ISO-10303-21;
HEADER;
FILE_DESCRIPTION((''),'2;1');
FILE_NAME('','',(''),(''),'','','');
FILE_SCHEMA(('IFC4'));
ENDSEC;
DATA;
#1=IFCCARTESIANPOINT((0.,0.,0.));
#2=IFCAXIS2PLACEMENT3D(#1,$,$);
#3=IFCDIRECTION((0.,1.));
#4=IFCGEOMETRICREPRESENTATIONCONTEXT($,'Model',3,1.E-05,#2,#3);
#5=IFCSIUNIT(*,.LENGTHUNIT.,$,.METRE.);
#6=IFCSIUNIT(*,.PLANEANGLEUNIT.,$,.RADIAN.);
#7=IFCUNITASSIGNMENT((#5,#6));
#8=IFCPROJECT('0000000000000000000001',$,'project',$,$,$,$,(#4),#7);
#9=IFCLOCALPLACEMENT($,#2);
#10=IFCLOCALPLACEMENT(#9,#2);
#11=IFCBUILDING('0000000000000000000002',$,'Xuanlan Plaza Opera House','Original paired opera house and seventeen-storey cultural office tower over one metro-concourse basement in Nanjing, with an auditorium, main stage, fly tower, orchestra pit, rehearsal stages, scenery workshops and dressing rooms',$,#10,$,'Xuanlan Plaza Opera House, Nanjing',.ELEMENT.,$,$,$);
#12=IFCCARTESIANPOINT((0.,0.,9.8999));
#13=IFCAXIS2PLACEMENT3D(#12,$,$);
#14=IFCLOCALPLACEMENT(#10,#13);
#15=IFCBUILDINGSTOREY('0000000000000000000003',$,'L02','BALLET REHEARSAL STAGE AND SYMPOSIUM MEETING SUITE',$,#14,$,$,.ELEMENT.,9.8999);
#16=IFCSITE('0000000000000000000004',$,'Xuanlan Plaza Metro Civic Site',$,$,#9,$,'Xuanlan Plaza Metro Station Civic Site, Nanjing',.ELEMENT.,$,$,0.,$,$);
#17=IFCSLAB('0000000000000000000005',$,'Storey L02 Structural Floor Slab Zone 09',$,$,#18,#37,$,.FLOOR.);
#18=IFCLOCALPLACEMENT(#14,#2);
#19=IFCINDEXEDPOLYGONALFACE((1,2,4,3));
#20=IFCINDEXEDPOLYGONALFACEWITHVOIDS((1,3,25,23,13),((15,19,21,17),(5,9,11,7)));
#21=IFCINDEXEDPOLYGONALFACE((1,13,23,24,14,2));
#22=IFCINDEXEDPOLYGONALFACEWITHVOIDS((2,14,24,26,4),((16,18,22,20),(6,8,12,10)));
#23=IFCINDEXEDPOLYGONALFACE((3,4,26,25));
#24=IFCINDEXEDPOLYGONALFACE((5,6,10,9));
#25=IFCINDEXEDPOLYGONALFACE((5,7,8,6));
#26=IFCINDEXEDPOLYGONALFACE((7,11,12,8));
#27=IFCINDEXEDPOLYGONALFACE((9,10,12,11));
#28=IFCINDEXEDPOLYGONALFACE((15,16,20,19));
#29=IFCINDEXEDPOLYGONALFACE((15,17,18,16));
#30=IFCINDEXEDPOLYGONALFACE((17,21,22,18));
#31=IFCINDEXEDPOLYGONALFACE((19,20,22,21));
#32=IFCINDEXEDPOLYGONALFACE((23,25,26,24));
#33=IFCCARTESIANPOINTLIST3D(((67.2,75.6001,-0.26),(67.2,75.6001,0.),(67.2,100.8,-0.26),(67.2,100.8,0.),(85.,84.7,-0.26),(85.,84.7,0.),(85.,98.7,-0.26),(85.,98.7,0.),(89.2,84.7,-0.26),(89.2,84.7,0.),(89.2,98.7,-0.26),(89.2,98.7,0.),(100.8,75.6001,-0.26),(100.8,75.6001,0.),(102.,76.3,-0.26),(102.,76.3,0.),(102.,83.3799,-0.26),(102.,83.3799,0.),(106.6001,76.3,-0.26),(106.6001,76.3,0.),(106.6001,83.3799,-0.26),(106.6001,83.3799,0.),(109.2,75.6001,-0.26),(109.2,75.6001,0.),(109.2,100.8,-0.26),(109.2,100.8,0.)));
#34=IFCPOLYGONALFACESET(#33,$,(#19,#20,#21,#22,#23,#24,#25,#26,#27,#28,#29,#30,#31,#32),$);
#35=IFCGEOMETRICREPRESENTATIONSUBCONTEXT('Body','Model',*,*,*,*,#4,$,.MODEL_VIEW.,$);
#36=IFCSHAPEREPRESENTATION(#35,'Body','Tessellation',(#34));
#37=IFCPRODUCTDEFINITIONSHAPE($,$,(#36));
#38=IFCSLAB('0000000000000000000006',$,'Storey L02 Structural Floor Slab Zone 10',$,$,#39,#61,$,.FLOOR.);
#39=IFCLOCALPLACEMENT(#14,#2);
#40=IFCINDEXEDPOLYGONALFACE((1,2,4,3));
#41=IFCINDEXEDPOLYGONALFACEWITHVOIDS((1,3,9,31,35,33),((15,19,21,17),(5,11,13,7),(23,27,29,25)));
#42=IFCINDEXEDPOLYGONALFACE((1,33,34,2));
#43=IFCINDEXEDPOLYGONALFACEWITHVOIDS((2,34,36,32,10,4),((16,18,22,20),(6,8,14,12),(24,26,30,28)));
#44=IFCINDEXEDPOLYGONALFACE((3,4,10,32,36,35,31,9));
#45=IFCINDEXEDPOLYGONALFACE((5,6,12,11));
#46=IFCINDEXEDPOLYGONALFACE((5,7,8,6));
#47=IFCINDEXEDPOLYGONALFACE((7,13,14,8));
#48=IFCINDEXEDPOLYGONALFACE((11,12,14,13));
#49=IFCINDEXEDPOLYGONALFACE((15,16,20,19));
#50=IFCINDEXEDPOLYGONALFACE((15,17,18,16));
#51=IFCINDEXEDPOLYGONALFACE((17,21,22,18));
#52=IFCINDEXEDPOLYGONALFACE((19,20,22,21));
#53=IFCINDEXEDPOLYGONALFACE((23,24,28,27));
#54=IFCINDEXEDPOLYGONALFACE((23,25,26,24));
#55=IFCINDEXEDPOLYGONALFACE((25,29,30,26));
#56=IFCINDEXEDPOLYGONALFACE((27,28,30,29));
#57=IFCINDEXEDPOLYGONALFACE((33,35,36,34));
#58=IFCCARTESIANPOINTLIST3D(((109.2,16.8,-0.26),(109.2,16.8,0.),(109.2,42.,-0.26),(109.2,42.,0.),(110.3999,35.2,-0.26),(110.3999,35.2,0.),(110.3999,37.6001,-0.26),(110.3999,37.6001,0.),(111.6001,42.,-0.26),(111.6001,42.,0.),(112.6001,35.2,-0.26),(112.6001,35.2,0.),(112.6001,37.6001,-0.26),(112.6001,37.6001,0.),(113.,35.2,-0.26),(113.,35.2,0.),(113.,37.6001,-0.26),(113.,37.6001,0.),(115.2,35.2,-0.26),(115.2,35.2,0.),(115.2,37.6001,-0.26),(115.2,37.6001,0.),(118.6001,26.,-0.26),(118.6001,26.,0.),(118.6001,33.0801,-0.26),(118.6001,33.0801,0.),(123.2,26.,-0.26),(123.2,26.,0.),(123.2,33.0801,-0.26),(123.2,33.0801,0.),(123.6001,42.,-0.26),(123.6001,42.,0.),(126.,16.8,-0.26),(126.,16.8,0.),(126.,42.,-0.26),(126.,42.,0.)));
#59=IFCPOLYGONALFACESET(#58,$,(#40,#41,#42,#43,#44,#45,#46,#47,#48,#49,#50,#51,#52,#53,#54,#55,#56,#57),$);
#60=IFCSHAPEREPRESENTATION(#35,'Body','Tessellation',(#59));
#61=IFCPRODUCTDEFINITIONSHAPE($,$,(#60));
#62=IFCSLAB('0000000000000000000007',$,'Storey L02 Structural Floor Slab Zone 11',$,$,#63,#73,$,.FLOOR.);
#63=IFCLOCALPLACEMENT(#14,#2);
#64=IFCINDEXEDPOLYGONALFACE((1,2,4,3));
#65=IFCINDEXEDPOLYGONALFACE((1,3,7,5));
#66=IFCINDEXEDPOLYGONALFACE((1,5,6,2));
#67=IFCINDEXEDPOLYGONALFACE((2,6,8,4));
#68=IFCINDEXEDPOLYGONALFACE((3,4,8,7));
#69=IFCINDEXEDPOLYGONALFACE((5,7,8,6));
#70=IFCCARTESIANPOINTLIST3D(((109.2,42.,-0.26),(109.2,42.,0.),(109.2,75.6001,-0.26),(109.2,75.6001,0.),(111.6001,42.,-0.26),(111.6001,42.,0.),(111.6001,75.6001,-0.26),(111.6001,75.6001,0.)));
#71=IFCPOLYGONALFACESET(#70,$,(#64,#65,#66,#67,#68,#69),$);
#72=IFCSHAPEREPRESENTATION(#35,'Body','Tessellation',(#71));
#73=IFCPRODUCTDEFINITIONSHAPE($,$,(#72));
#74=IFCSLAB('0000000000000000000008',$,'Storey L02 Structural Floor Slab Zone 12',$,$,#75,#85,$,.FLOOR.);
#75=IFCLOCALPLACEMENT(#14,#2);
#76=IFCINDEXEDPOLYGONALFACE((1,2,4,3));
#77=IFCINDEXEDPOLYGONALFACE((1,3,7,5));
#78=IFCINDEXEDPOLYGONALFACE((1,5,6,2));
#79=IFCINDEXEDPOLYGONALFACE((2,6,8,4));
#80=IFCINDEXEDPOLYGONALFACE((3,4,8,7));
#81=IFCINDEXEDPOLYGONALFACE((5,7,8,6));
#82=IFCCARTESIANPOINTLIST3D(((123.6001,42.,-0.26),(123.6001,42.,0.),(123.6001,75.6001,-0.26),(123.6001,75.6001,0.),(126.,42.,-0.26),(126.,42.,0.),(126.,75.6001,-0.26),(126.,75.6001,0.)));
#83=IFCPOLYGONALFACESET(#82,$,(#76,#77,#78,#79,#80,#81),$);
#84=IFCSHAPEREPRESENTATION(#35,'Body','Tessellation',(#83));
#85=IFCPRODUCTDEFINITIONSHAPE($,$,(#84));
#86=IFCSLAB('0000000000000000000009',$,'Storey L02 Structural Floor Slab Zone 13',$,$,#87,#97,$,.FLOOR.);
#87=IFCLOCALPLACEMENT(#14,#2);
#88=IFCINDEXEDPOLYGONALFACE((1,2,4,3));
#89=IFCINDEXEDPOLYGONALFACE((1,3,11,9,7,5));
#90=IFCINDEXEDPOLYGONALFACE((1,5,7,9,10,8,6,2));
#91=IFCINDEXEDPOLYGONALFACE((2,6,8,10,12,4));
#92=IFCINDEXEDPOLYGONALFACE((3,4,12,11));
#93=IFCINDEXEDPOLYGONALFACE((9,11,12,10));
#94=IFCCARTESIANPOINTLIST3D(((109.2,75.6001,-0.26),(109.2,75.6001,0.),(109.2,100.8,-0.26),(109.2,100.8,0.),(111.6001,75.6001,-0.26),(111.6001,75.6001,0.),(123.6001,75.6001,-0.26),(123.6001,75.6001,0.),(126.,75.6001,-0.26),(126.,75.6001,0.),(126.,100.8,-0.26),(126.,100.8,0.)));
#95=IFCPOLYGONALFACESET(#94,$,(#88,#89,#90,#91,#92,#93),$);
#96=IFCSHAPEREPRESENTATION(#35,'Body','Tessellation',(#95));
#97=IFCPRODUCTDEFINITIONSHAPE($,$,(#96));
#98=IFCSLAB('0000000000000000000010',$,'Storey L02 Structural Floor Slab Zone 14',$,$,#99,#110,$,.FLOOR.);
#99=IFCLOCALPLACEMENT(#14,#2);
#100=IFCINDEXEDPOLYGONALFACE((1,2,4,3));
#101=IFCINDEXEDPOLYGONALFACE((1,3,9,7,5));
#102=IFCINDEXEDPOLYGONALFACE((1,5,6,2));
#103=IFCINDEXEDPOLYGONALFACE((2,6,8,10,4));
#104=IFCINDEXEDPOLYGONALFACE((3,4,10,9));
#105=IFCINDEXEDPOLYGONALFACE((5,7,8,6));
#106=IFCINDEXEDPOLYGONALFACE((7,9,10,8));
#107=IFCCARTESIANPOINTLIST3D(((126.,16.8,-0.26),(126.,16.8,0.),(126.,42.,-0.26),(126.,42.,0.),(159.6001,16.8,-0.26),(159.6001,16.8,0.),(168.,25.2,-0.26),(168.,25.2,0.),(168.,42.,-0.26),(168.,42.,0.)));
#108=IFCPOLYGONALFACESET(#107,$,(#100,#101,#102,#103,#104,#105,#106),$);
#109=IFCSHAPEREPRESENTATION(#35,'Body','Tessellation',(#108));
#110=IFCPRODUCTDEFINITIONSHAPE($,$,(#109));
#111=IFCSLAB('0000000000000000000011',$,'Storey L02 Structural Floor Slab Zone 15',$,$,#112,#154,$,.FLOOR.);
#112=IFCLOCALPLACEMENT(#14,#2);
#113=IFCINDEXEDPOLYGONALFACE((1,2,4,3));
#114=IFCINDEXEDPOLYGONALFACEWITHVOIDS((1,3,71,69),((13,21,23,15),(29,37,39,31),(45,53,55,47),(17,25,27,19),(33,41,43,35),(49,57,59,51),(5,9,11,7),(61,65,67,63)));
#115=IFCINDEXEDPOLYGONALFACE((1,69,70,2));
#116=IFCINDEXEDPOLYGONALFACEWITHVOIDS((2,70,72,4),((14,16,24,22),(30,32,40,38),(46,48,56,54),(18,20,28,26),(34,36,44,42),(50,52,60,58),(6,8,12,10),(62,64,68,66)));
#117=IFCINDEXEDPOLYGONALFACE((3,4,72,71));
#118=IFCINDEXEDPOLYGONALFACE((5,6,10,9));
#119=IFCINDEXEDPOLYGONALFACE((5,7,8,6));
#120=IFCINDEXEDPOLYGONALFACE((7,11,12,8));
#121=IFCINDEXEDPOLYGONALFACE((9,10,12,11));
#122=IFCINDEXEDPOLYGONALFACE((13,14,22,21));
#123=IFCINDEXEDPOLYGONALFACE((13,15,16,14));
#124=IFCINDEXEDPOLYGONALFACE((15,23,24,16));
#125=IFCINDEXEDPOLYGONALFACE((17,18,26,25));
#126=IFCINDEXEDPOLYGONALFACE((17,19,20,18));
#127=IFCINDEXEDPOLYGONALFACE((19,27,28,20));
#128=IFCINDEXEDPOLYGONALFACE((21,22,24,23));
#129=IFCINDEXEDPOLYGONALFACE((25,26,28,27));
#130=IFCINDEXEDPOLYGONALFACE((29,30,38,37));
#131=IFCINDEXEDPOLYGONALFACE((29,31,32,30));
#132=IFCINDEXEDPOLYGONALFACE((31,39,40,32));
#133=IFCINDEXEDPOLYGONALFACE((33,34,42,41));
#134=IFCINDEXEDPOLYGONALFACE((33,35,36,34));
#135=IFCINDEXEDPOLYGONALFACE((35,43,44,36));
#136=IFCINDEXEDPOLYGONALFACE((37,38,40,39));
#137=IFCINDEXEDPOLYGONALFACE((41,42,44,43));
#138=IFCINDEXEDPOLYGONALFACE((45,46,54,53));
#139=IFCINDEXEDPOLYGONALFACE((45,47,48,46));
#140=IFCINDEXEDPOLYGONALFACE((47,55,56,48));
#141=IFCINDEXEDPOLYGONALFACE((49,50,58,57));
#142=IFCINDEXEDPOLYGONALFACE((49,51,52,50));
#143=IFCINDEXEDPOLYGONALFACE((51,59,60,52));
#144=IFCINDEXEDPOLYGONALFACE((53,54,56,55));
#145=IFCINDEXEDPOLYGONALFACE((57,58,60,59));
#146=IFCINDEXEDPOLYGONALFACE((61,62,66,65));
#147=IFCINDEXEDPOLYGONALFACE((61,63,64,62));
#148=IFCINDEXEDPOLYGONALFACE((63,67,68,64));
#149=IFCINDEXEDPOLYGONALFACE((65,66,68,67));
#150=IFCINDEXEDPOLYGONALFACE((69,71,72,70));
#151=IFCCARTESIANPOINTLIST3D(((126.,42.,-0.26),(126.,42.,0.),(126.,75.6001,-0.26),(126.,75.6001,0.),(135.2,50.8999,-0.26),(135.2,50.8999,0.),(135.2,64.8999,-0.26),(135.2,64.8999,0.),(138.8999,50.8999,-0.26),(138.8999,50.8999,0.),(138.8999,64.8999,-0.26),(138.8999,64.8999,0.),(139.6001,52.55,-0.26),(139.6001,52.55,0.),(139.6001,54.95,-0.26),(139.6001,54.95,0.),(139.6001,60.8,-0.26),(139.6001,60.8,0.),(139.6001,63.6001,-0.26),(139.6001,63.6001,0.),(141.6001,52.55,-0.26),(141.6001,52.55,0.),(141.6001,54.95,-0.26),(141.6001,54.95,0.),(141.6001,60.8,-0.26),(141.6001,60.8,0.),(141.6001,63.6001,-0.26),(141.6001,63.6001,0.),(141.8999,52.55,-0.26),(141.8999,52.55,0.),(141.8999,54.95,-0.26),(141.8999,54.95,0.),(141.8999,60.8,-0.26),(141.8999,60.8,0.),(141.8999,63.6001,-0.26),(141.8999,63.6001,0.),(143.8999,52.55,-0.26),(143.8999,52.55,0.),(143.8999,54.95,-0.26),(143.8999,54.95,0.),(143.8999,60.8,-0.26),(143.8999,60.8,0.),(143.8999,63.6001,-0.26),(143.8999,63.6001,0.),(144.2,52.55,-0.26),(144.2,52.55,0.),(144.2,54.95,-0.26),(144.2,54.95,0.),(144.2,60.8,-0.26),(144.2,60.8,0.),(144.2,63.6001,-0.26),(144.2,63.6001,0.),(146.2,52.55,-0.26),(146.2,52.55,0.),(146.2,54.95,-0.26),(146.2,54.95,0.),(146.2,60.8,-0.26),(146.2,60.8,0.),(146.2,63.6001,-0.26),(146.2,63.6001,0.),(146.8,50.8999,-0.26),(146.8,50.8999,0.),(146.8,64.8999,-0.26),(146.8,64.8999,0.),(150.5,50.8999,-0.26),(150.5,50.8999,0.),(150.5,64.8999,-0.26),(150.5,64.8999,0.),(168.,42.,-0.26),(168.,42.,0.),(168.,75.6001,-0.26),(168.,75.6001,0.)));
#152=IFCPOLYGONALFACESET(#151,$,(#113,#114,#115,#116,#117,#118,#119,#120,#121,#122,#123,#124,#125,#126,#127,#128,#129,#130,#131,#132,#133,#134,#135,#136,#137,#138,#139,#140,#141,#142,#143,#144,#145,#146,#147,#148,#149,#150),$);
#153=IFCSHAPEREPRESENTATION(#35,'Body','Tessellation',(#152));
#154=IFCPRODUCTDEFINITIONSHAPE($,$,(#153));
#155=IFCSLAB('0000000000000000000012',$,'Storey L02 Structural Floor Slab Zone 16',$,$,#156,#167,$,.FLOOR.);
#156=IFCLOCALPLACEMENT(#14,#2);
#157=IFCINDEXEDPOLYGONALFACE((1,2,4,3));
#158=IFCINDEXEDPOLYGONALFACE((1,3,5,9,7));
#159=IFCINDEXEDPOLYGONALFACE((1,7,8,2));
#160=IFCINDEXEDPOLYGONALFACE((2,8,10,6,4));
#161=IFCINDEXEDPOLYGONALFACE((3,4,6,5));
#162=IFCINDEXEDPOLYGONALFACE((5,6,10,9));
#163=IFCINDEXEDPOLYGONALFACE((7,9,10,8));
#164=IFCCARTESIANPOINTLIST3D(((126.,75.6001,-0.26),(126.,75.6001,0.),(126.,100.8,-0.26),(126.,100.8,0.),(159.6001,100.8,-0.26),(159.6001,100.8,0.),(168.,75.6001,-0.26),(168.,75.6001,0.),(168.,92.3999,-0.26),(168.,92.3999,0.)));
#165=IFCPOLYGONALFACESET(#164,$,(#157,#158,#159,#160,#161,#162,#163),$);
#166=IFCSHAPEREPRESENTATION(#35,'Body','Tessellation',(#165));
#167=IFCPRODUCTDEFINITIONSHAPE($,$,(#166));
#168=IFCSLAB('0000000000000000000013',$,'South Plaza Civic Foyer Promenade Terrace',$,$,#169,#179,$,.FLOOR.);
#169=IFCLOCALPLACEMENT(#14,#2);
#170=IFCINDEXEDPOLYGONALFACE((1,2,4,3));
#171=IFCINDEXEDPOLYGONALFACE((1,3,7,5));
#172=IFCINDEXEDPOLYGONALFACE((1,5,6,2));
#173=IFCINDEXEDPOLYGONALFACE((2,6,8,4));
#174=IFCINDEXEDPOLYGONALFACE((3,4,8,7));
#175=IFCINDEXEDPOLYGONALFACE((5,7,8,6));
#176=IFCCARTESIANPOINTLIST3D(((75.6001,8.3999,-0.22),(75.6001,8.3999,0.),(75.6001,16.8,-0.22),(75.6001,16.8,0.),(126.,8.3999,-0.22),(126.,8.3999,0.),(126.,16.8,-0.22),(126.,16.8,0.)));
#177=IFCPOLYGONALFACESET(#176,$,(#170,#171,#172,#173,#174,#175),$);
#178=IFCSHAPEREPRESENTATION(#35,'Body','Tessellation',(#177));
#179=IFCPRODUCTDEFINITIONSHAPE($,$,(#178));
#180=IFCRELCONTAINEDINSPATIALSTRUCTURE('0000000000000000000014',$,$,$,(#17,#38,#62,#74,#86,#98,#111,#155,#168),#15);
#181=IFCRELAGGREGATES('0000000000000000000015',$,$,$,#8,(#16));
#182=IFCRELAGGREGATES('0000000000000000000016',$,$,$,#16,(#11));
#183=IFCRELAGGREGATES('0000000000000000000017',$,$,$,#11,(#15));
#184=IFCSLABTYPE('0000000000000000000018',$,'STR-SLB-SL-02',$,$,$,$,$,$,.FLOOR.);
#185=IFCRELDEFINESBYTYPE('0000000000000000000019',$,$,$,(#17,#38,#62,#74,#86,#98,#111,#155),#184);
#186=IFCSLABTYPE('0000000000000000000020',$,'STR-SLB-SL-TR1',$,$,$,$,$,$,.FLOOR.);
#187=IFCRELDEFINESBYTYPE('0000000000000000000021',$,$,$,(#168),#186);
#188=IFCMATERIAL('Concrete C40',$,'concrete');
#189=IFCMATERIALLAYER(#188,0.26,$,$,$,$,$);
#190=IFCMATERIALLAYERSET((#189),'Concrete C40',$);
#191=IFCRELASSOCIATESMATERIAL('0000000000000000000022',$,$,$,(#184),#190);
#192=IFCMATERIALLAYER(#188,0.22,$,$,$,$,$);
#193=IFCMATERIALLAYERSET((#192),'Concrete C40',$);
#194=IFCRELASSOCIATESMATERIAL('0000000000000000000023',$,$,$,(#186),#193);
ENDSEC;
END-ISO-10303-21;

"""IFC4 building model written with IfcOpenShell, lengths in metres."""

from ifc_helpers import new_model, si_unit, direction, frame, origin, place, context, subcontext, project, spatial, polyline, outline, extrude, material, layer, layer_set, type_object, element, save


model = new_model("IFC4")

# Units and contexts
model_context = context("Model", 3, precision=1e-05, world=origin(), true_north=direction((0.0, 1.0)))
body_context = subcontext(model_context, "Body", "Model", "MODEL_VIEW")
ifc_project = project(units=[si_unit("LENGTHUNIT", "METRE"), si_unit("PLANEANGLEUNIT", "RADIAN")], contexts=[model_context])

# Site, building, storey
site_placement = place(None, origin())
site = spatial("IfcSite", under=ifc_project, at=site_placement, Name="Xuanlan Plaza Metro Civic Site", LongName="Xuanlan Plaza Metro Station Civic Site, Nanjing", CompositionType="ELEMENT", RefElevation=0.0)
building_placement = place(site_placement, origin())
building = spatial("IfcBuilding", under=site, at=building_placement, Name="Xuanlan Plaza Opera House", Description="Original paired opera house and seventeen-storey cultural office tower over one metro-concourse basement in Nanjing, with an auditorium, main stage, fly tower, orchestra pit, rehearsal stages, scenery workshops and dressing rooms", LongName="Xuanlan Plaza Opera House, Nanjing", CompositionType="ELEMENT")
storey_placement = place(building_placement, frame((0.0, 0.0, 9.8999)))
storey = spatial("IfcBuildingStorey", under=building, at=storey_placement, Name="L02", Description="BALLET REHEARSAL STAGE AND SYMPOSIUM MEETING SUITE", CompositionType="ELEMENT", Elevation=9.8999)

# Shared definitions
ifc_material_1 = material(Name="Concrete C40", Category="concrete")

# Slabs
ifc_layer_1 = layer(ifc_material_1, 0.26)
ifc_layer_set_1 = layer_set([ifc_layer_1], Name="Concrete C40")
slab_type_1 = type_object("IfcSlabType", Name="STR-SLB-SL-02", PredefinedType="FLOOR", material=ifc_layer_set_1)
slab_1_placement = place(storey_placement, frame((0.0, 0.0, -0.26)))
element("IfcSlab", 1, at=slab_1_placement, inside=storey, type_object=slab_type_1, Name="Storey L02 Structural Floor Slab Zone 09", PredefinedType="FLOOR", context=body_context, shape_type="SweptSolid", body=[
    extrude(outline(polyline([(109.2, 100.8), (109.2, 75.6001), (100.8, 75.6001), (67.2, 75.6001), (67.2, 100.8), (109.2, 100.8)]), holes=[polyline([(89.2, 84.7), (89.2, 98.7), (85.0, 98.7), (85.0, 84.7), (89.2, 84.7)]), polyline([(102.0, 83.3799), (102.0, 76.3), (106.6001, 76.3), (106.6001, 83.3799), (102.0, 83.3799)])]), origin(), (0.0, 0.0, 1.0), 0.26),
])
slab_2_placement = place(storey_placement, frame((0.0, 0.0, -0.26)))
element("IfcSlab", 2, at=slab_2_placement, inside=storey, type_object=slab_type_1, Name="Storey L02 Structural Floor Slab Zone 10", PredefinedType="FLOOR", context=body_context, shape_type="SweptSolid", body=[
    extrude(outline(polyline([(109.2, 16.8), (109.2, 42.0), (111.6001, 42.0), (123.6001, 42.0), (126.0, 42.0), (126.0, 16.8), (109.2, 16.8)]), holes=[polyline([(123.2, 33.0801), (118.6001, 33.0801), (118.6001, 26.0), (123.2, 26.0), (123.2, 33.0801)]), polyline([(110.3999, 37.6001), (110.3999, 35.2), (112.6001, 35.2), (112.6001, 37.6001), (110.3999, 37.6001)]), polyline([(115.2, 37.6001), (113.0, 37.6001), (113.0, 35.2), (115.2, 35.2), (115.2, 37.6001)])]), origin(), (0.0, 0.0, 1.0), 0.26),
])
slab_3_placement = place(storey_placement, frame((0.0, 0.0, -0.26)))
element("IfcSlab", 3, at=slab_3_placement, inside=storey, type_object=slab_type_1, Name="Storey L02 Structural Floor Slab Zone 11", PredefinedType="FLOOR", context=body_context, shape_type="SweptSolid", body=[
    extrude(outline(polyline([(111.6001, 42.0), (109.2, 42.0), (109.2, 75.6001), (111.6001, 75.6001), (111.6001, 42.0)])), origin(), (0.0, 0.0, 1.0), 0.26),
])
slab_4_placement = place(storey_placement, frame((0.0, 0.0, -0.26)))
element("IfcSlab", 4, at=slab_4_placement, inside=storey, type_object=slab_type_1, Name="Storey L02 Structural Floor Slab Zone 12", PredefinedType="FLOOR", context=body_context, shape_type="SweptSolid", body=[
    extrude(outline(polyline([(123.6001, 75.6001), (126.0, 75.6001), (126.0, 42.0), (123.6001, 42.0), (123.6001, 75.6001)])), origin(), (0.0, 0.0, 1.0), 0.26),
])
slab_5_placement = place(storey_placement, frame((0.0, 0.0, -0.26)))
element("IfcSlab", 5, at=slab_5_placement, inside=storey, type_object=slab_type_1, Name="Storey L02 Structural Floor Slab Zone 13", PredefinedType="FLOOR", context=body_context, shape_type="SweptSolid", body=[
    extrude(outline(polyline([(126.0, 100.8), (126.0, 75.6001), (123.6001, 75.6001), (111.6001, 75.6001), (109.2, 75.6001), (109.2, 100.8), (126.0, 100.8)])), origin(), (0.0, 0.0, 1.0), 0.26),
])
slab_6_placement = place(storey_placement, frame((0.0, 0.0, -0.26)))
element("IfcSlab", 6, at=slab_6_placement, inside=storey, type_object=slab_type_1, Name="Storey L02 Structural Floor Slab Zone 14", PredefinedType="FLOOR", context=body_context, shape_type="SweptSolid", body=[
    extrude(outline(polyline([(168.0, 25.2), (159.6001, 16.8), (126.0, 16.8), (126.0, 42.0), (168.0, 42.0), (168.0, 25.2)])), origin(), (0.0, 0.0, 1.0), 0.26),
])
slab_7_placement = place(storey_placement, frame((0.0, 0.0, -0.26)))
element("IfcSlab", 7, at=slab_7_placement, inside=storey, type_object=slab_type_1, Name="Storey L02 Structural Floor Slab Zone 15", PredefinedType="FLOOR", context=body_context, shape_type="SweptSolid", body=[
    extrude(outline(polyline([(168.0, 42.0), (126.0, 42.0), (126.0, 75.6001), (168.0, 75.6001), (168.0, 42.0)]), holes=[polyline([(138.8999, 64.8999), (135.2, 64.8999), (135.2, 50.8999), (138.8999, 50.8999), (138.8999, 64.8999)]), polyline([(150.5, 50.8999), (150.5, 64.8999), (146.8, 64.8999), (146.8, 50.8999), (150.5, 50.8999)]), polyline([(141.6001, 60.8), (141.6001, 63.6001), (139.6001, 63.6001), (139.6001, 60.8), (141.6001, 60.8)]), polyline([(141.8999, 60.8), (143.8999, 60.8), (143.8999, 63.6001), (141.8999, 63.6001), (141.8999, 60.8)]), polyline([(144.2, 63.6001), (144.2, 60.8), (146.2, 60.8), (146.2, 63.6001), (144.2, 63.6001)]), polyline([(141.6001, 54.95), (139.6001, 54.95), (139.6001, 52.55), (141.6001, 52.55), (141.6001, 54.95)]), polyline([(143.8999, 52.55), (143.8999, 54.95), (141.8999, 54.95), (141.8999, 52.55), (143.8999, 52.55)]), polyline([(144.2, 52.55), (146.2, 52.55), (146.2, 54.95), (144.2, 54.95), (144.2, 52.55)])]), origin(), (0.0, 0.0, 1.0), 0.26),
])
slab_8_placement = place(storey_placement, frame((0.0, 0.0, -0.26)))
element("IfcSlab", 8, at=slab_8_placement, inside=storey, type_object=slab_type_1, Name="Storey L02 Structural Floor Slab Zone 16", PredefinedType="FLOOR", context=body_context, shape_type="SweptSolid", body=[
    extrude(outline(polyline([(168.0, 75.6001), (126.0, 75.6001), (126.0, 100.8), (159.6001, 100.8), (168.0, 92.3999), (168.0, 75.6001)])), origin(), (0.0, 0.0, 1.0), 0.26),
])
ifc_layer_2 = layer(ifc_material_1, 0.22)
ifc_layer_set_2 = layer_set([ifc_layer_2], Name="Concrete C40")
slab_type_2 = type_object("IfcSlabType", Name="STR-SLB-SL-TR1", PredefinedType="FLOOR", material=ifc_layer_set_2)
slab_9_placement = place(storey_placement, frame((0.0, 0.0, -0.22)))
element("IfcSlab", 9, at=slab_9_placement, inside=storey, type_object=slab_type_2, Name="South Plaza Civic Foyer Promenade Terrace", PredefinedType="FLOOR", context=body_context, shape_type="SweptSolid", body=[
    extrude(outline(polyline([(75.6001, 8.3999), (126.0, 8.3999), (126.0, 16.8), (75.6001, 16.8), (75.6001, 8.3999)])), origin(), (0.0, 0.0, 1.0), 0.22),
])

save(model, "model.ifc")
